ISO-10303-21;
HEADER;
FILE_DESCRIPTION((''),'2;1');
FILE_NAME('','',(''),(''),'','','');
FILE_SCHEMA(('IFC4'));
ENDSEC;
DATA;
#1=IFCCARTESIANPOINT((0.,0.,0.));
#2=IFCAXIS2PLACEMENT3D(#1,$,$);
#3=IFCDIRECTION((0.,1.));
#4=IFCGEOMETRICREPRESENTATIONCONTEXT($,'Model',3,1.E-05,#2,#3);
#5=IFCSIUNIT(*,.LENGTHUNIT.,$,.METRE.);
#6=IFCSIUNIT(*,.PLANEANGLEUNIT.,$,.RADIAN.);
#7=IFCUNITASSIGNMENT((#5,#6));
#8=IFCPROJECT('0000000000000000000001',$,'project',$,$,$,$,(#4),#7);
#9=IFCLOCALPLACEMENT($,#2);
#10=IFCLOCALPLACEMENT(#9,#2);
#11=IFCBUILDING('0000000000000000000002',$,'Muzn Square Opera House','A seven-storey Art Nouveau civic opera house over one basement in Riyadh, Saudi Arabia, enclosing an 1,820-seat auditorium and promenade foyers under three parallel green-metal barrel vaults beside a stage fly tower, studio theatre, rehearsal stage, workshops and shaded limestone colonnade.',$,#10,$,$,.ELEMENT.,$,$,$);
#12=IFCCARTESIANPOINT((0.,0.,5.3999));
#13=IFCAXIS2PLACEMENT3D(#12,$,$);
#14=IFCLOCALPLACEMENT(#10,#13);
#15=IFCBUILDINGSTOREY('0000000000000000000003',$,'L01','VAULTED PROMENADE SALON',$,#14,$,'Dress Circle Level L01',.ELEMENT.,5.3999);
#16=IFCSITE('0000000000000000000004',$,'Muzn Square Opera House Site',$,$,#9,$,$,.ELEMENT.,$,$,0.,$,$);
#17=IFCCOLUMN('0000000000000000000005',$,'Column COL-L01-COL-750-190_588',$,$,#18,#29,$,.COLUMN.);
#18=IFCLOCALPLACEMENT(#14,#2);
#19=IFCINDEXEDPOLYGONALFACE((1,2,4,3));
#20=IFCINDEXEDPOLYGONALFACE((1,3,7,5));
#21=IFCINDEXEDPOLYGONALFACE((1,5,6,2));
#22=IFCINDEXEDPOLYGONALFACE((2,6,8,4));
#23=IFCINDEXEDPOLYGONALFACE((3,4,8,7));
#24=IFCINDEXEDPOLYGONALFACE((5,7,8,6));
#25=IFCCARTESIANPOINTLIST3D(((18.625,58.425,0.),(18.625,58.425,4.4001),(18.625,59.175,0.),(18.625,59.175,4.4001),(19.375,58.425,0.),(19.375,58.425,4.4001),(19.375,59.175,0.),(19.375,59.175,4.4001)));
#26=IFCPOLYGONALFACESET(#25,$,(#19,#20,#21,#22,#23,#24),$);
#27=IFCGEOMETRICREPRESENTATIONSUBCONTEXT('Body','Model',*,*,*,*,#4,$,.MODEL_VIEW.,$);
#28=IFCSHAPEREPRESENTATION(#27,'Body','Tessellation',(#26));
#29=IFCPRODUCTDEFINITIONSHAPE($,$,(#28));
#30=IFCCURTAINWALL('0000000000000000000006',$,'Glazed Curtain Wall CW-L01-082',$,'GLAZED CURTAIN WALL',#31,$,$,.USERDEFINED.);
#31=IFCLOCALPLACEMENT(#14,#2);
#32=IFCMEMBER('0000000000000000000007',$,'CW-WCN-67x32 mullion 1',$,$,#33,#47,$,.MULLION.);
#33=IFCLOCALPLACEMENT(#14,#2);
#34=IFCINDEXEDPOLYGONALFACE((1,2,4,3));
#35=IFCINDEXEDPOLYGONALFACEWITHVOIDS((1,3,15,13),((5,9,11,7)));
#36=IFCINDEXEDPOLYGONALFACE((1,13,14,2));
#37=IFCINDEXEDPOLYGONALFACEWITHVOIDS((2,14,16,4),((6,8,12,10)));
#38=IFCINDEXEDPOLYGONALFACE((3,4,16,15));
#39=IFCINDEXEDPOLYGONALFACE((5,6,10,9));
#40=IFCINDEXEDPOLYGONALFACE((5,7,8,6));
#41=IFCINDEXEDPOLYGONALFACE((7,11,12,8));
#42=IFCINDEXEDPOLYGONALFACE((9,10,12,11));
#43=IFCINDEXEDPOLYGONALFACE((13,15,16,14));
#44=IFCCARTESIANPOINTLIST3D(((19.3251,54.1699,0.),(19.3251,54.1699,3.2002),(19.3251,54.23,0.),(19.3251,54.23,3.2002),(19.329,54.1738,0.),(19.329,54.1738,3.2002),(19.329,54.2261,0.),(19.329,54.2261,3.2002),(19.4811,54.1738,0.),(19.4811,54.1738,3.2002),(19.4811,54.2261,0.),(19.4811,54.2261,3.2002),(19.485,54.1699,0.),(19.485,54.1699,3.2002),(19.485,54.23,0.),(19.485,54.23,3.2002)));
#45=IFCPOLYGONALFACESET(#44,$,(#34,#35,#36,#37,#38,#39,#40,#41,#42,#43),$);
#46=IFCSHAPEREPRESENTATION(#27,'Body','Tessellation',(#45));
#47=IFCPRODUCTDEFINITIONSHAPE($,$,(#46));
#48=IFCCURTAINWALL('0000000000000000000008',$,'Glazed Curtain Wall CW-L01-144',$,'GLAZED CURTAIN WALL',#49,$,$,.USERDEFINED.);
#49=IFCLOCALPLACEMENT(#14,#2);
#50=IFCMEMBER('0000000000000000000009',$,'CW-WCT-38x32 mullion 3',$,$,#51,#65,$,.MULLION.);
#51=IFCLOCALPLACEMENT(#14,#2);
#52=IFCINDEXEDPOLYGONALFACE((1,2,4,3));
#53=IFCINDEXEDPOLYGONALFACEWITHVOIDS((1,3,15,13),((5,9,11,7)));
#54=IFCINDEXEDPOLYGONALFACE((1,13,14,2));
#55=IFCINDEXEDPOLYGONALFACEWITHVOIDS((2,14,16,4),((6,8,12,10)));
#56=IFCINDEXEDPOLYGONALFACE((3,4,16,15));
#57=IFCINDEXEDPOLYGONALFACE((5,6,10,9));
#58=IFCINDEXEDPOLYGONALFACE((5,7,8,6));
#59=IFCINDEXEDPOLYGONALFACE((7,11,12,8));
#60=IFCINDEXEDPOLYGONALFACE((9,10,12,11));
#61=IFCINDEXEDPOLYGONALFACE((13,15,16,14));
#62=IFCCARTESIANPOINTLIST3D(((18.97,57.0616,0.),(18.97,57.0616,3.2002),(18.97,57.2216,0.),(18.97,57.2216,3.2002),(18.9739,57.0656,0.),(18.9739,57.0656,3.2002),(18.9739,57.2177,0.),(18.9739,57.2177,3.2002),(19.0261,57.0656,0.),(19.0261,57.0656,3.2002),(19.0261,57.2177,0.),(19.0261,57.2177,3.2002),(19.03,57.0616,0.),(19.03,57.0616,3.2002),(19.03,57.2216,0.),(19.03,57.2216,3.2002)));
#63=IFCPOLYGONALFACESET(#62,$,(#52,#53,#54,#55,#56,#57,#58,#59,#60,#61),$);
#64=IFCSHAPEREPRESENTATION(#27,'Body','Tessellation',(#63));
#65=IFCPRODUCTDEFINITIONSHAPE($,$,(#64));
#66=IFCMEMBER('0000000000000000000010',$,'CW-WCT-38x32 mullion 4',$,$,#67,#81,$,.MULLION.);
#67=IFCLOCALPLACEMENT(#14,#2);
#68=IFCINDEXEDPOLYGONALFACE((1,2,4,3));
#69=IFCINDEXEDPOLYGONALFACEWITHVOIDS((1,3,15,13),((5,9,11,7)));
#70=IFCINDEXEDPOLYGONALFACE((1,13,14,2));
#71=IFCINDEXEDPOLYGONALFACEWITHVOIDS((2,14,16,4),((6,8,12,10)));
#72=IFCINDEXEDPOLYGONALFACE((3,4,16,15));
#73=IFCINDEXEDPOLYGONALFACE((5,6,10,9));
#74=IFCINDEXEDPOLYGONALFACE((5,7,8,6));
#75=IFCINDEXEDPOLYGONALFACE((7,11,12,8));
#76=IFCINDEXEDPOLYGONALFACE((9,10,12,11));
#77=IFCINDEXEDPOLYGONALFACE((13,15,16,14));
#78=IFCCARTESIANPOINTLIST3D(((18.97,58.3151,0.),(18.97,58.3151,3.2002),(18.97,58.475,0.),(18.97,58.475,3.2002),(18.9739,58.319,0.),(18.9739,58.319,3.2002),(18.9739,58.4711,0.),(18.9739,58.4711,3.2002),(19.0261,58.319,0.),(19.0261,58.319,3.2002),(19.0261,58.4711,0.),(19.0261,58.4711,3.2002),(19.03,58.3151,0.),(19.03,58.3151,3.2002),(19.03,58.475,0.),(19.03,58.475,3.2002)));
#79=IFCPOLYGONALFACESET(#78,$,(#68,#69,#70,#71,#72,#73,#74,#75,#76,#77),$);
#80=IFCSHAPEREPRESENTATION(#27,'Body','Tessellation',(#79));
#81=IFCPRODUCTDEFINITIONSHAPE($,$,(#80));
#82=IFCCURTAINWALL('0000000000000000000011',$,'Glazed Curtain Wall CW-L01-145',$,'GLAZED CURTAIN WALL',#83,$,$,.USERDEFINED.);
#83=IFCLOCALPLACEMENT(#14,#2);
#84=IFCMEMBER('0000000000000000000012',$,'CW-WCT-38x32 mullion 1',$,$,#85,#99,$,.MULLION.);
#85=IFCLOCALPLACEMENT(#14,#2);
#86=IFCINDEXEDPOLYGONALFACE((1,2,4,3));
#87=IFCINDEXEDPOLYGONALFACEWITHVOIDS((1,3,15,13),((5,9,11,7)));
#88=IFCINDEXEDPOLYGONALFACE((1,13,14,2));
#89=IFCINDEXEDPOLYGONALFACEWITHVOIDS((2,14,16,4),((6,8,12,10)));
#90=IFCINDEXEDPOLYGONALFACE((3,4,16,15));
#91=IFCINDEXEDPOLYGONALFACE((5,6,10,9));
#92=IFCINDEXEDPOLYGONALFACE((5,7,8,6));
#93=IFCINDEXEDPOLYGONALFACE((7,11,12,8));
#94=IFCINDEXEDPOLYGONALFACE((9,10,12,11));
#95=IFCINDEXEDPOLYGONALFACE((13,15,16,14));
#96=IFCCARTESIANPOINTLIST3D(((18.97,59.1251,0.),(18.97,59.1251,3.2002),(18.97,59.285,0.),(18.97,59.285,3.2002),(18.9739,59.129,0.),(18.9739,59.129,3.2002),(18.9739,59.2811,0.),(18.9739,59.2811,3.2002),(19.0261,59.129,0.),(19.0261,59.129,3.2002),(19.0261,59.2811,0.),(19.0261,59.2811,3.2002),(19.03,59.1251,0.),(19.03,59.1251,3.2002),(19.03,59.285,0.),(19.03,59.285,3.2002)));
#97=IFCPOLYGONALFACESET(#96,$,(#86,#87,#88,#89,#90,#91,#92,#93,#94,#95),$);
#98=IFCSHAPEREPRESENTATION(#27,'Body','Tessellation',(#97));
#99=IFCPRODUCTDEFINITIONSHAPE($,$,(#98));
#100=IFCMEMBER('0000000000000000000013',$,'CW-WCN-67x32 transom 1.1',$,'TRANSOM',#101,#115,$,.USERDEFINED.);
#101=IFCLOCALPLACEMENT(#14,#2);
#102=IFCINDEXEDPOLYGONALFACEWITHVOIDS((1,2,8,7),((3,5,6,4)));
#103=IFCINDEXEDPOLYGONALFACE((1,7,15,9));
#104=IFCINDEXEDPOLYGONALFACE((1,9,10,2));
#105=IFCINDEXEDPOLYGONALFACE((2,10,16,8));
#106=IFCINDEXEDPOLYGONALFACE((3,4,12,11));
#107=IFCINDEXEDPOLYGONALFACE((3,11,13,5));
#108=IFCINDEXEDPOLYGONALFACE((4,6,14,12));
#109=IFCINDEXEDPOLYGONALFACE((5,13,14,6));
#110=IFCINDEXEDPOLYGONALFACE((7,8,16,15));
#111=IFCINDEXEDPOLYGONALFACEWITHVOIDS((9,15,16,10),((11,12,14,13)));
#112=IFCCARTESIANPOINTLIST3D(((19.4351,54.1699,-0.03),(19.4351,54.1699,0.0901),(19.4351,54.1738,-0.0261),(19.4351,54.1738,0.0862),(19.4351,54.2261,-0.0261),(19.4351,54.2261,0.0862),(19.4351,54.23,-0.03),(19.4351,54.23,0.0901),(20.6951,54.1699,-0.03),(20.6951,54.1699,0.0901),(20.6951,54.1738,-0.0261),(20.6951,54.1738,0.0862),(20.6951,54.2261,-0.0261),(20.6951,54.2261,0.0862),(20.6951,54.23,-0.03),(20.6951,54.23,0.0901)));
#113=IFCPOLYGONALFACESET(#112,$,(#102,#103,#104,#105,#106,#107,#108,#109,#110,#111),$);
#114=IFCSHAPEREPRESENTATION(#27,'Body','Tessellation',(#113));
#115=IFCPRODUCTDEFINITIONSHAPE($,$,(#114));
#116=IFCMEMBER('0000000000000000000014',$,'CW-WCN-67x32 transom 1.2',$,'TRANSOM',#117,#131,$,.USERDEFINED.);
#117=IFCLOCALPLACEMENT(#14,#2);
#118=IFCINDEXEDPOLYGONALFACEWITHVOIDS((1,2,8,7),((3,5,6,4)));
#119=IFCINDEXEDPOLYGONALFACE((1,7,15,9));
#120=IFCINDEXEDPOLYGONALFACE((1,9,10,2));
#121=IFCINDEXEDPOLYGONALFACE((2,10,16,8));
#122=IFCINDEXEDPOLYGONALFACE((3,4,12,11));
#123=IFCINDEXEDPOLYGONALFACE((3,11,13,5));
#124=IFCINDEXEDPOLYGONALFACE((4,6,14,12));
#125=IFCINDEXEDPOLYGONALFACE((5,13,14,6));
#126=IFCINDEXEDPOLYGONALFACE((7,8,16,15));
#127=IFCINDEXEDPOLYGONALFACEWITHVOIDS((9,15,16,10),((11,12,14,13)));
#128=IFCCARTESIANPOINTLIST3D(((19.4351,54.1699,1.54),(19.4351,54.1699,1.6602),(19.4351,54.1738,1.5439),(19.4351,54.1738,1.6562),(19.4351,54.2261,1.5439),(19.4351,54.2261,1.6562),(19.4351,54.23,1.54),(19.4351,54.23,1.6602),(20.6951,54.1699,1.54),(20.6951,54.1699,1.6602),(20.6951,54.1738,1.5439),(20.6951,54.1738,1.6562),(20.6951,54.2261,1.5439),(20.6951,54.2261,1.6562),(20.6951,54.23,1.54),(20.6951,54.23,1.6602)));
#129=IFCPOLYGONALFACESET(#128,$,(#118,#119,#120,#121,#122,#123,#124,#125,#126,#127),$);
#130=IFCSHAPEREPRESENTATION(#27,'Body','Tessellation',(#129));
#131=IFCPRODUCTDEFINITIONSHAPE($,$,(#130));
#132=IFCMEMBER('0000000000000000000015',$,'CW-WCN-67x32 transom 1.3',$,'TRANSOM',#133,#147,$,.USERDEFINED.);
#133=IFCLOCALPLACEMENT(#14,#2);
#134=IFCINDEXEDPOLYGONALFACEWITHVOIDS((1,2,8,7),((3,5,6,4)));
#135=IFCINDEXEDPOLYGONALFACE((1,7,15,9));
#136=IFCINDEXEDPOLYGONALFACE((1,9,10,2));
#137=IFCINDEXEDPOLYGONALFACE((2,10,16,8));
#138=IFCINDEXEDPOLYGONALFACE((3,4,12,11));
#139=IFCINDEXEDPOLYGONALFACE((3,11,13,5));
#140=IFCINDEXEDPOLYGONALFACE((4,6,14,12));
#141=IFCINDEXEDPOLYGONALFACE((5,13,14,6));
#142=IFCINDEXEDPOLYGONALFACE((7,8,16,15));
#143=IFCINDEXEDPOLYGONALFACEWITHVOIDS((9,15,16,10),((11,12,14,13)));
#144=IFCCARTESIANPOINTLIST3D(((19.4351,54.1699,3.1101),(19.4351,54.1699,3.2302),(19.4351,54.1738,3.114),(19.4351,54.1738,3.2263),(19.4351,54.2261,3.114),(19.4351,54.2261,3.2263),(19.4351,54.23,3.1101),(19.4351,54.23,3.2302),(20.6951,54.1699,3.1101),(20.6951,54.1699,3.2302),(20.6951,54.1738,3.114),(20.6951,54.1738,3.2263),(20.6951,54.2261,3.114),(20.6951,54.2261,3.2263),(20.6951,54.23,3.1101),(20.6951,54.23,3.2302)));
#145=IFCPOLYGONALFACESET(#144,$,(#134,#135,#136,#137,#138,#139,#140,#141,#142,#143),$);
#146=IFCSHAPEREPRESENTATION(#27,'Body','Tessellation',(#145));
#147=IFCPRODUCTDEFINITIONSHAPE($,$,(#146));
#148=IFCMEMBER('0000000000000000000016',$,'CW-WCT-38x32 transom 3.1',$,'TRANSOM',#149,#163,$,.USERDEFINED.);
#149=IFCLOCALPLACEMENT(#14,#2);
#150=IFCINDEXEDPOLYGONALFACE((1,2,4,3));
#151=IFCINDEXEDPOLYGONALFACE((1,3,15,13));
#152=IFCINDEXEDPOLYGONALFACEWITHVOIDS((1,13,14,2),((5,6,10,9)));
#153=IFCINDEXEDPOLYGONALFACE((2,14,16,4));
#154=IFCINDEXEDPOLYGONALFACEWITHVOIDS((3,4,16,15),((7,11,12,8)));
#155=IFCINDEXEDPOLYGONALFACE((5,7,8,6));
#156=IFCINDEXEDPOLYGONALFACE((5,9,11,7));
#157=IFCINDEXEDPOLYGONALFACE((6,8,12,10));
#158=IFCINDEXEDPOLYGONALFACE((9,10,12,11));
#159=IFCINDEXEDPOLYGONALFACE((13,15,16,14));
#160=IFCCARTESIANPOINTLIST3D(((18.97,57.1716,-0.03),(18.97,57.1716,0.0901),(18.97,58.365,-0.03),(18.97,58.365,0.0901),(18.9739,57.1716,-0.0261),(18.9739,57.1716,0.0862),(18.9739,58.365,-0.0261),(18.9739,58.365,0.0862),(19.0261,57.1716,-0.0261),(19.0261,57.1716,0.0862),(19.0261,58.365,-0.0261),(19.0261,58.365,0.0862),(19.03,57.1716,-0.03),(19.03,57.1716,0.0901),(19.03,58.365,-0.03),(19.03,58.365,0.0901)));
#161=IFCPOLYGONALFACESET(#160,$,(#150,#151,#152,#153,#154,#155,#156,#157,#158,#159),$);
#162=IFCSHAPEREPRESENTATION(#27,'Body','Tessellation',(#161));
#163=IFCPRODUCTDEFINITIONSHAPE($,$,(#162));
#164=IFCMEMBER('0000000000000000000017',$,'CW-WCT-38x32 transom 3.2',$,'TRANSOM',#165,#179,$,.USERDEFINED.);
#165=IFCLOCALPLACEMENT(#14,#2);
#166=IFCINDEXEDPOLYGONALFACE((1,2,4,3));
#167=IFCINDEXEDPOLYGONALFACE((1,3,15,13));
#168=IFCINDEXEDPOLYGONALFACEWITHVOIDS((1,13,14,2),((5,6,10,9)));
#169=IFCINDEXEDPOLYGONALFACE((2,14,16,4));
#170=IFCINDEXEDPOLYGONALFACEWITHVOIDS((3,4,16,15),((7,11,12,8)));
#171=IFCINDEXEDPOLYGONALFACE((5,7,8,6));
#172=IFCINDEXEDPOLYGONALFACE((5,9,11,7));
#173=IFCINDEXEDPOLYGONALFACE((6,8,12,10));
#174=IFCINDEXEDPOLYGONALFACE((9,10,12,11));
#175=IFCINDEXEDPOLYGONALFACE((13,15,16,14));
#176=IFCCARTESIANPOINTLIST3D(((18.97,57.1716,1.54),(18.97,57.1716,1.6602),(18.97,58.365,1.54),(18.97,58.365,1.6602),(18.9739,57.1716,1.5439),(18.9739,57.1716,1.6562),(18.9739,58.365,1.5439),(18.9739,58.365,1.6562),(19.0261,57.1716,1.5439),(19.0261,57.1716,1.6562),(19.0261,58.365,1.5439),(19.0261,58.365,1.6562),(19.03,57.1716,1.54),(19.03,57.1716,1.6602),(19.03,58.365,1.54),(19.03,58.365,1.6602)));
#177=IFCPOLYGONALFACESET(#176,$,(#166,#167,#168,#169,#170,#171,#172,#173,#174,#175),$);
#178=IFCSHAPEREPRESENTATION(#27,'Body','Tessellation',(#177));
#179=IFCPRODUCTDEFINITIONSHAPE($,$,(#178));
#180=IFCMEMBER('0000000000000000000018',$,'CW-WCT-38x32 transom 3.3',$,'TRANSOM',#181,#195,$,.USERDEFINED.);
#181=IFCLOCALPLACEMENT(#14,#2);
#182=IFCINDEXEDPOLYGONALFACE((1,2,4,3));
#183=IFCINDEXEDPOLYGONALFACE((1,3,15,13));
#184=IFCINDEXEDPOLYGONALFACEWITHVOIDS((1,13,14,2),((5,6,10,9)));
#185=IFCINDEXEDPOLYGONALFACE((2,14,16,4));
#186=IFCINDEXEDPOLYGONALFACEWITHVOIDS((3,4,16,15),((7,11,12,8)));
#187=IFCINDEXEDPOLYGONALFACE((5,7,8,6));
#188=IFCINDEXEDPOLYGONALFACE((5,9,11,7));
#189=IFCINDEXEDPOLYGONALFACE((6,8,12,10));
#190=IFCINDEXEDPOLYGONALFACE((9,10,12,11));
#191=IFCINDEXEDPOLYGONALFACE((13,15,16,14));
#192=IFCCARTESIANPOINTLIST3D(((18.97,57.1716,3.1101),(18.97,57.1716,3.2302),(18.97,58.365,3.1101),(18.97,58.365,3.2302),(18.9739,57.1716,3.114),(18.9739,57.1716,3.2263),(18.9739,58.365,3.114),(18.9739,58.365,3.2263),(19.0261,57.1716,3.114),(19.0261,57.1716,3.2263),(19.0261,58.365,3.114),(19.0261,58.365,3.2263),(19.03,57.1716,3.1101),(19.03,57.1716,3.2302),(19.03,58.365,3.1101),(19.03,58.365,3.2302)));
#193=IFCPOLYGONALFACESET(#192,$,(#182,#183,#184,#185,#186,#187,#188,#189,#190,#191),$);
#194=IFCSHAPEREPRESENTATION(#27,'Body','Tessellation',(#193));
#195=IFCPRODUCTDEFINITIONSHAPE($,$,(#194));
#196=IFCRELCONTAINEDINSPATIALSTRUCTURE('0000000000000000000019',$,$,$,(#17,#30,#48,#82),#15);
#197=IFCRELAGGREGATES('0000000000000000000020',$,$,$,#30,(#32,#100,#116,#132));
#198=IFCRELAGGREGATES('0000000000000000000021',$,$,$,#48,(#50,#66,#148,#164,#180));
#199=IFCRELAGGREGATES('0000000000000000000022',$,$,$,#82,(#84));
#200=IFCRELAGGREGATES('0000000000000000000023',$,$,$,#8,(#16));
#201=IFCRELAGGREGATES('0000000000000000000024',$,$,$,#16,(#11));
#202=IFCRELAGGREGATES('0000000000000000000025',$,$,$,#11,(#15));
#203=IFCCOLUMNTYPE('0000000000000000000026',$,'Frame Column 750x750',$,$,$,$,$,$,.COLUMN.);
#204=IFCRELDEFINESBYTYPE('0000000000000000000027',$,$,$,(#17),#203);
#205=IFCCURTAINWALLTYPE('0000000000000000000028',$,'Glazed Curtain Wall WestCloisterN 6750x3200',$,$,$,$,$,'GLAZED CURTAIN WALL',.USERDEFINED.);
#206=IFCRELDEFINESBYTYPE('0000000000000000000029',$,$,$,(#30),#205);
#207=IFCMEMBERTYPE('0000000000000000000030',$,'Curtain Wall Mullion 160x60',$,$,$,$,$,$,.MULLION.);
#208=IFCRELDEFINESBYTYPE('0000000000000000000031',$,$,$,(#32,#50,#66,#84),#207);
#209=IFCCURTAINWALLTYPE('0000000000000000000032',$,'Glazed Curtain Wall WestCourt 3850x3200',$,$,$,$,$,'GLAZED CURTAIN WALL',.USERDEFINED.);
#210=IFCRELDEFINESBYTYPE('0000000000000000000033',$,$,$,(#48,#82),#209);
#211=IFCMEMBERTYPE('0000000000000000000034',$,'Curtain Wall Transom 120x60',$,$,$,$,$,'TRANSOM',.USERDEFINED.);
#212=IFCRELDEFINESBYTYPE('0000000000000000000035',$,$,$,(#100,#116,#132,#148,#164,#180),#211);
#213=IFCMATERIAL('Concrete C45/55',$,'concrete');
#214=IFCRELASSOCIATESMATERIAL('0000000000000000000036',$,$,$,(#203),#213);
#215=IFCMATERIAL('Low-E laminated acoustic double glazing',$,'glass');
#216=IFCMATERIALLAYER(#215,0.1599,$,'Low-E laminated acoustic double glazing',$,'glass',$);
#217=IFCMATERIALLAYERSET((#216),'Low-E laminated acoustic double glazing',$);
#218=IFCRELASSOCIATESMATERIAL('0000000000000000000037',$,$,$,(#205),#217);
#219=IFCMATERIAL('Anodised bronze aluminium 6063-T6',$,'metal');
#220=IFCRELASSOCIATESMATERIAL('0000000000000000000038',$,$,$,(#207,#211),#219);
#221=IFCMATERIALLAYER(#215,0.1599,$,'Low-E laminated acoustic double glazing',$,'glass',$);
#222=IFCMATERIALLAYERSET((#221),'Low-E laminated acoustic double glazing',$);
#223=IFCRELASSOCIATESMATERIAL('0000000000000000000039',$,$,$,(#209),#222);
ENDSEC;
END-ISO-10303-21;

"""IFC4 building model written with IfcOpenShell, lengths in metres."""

from ifc_helpers import new_model, si_unit, direction, frame, origin, origin_2d, place, context, subcontext, project, spatial, rectangle, hollow_rectangle, extrude, material, layer, layer_set, material_profile, profile_set, type_object, element, aggregate, save


model = new_model("IFC4")

# Units and contexts
model_context = context("Model", 3, precision=1e-05, world=origin(), true_north=direction((0.0, 1.0)))
body_context = subcontext(model_context, "Body", "Model", "MODEL_VIEW")
ifc_project = project(units=[si_unit("LENGTHUNIT", "METRE"), si_unit("PLANEANGLEUNIT", "RADIAN")], contexts=[model_context])

# Site, building, storey
site_placement = place(None, origin())
site = spatial("IfcSite", under=ifc_project, at=site_placement, Name="Muzn Square Opera House Site", CompositionType="ELEMENT", RefElevation=0.0)
building_placement = place(site_placement, origin())
building = spatial("IfcBuilding", under=site, at=building_placement, Name="Muzn Square Opera House", Description="A seven-storey Art Nouveau civic opera house over one basement in Riyadh, Saudi Arabia, enclosing an 1,820-seat auditorium and promenade foyers under three parallel green-metal barrel vaults beside a stage fly tower, studio theatre, rehearsal stage, workshops and shaded limestone colonnade.", CompositionType="ELEMENT")
storey_placement = place(building_placement, frame((0.0, 0.0, 5.3999)))
storey = spatial("IfcBuildingStorey", under=building, at=storey_placement, Name="L01", Description="VAULTED PROMENADE SALON", LongName="Dress Circle Level L01", CompositionType="ELEMENT", Elevation=5.3999)

# Column
ifc_material_1 = material(Name="Concrete C45/55", Category="concrete")
ifc_material_profile_1 = material_profile(ifc_material_1, rectangle(XDim=0.75, YDim=0.75, at=origin_2d()), Name="RC 750x750", Category="concrete")
ifc_profile_set_1 = profile_set([ifc_material_profile_1], Name="Concrete C45/55")
column_type = type_object("IfcColumnType", Name="Frame Column 750x750", PredefinedType="COLUMN", material=ifc_profile_set_1)
column_placement = place(storey_placement, frame((19.0, 58.8, 0.0), z_axis=(0.0, 0.0, 1.0), x_axis=(1.0, 0.0, 0.0)))
element("IfcColumn", 1, at=column_placement, inside=storey, type_object=column_type, Name="Column COL-L01-COL-750-190_588", PredefinedType="COLUMN", context=body_context, shape_type="SweptSolid", body=[
    extrude(rectangle(XDim=0.75, YDim=0.75, at=origin_2d()), origin(), (0.0, 0.0, 1.0), 4.4001),
])

# Curtain wall, member
ifc_material_2 = material(Name="Low-E laminated acoustic double glazing", Category="glass")
ifc_layer_1 = layer(ifc_material_2, 0.1599, Name="Low-E laminated acoustic double glazing", Category="glass")
ifc_layer_set_1 = layer_set([ifc_layer_1], Name="Low-E laminated acoustic double glazing")
curtain_wall_type_1 = type_object("IfcCurtainWallType", Name="Glazed Curtain Wall WestCloisterN 6750x3200", ElementType="GLAZED CURTAIN WALL", PredefinedType="USERDEFINED", material=ifc_layer_set_1)
curtain_wall_1_placement = place(storey_placement, origin())
curtain_wall_1 = element("IfcCurtainWall", 2, at=curtain_wall_1_placement, inside=storey, type_object=curtain_wall_type_1, Name="Glazed Curtain Wall CW-L01-082", ObjectType="GLAZED CURTAIN WALL", PredefinedType="USERDEFINED")
ifc_material_3 = material(Name="Anodised bronze aluminium 6063-T6", Category="metal")
ifc_material_profile_2 = material_profile(ifc_material_3, hollow_rectangle(XDim=0.0601, YDim=0.1599, WallThickness=0.0039, at=origin_2d()), Name="ALU 160x60x4", Category="metal")
ifc_profile_set_2 = profile_set([ifc_material_profile_2], Name="Anodised bronze aluminium 6063-T6")
member_type_1 = type_object("IfcMemberType", Name="Curtain Wall Mullion 160x60", PredefinedType="MULLION", material=ifc_profile_set_2)
member_1_placement = place(storey_placement, frame((19.405, 54.2, 0.0), z_axis=(0.0, 0.0, 1.0), x_axis=(0.0, 1.0, 0.0)))
member_1 = element("IfcMember", 3, at=member_1_placement, type_object=member_type_1, Name="CW-WCN-67x32 mullion 1", PredefinedType="MULLION", context=body_context, shape_type="SweptSolid", body=[
    extrude(hollow_rectangle(XDim=0.0601, YDim=0.1599, WallThickness=0.0039, at=origin_2d()), origin(), (0.0, 0.0, 1.0), 3.2002),
])

# Curtain wall, members
ifc_layer_2 = layer(ifc_material_2, 0.1599, Name="Low-E laminated acoustic double glazing", Category="glass")
ifc_layer_set_2 = layer_set([ifc_layer_2], Name="Low-E laminated acoustic double glazing")
curtain_wall_type_2 = type_object("IfcCurtainWallType", Name="Glazed Curtain Wall WestCourt 3850x3200", ElementType="GLAZED CURTAIN WALL", PredefinedType="USERDEFINED", material=ifc_layer_set_2)
curtain_wall_2_placement = place(storey_placement, origin())
curtain_wall_2 = element("IfcCurtainWall", 4, at=curtain_wall_2_placement, inside=storey, type_object=curtain_wall_type_2, Name="Glazed Curtain Wall CW-L01-144", ObjectType="GLAZED CURTAIN WALL", PredefinedType="USERDEFINED")
member_2_placement = place(storey_placement, frame((19.0, 57.1416, 0.0), z_axis=(0.0, 0.0, 1.0), x_axis=(-1.0, 0.0, 0.0)))
member_2 = element("IfcMember", 5, at=member_2_placement, type_object=member_type_1, Name="CW-WCT-38x32 mullion 3", PredefinedType="MULLION", context=body_context, shape_type="SweptSolid", body=[
    extrude(hollow_rectangle(XDim=0.0601, YDim=0.1599, WallThickness=0.0039, at=origin_2d()), origin(), (0.0, 0.0, 1.0), 3.2002),
])
member_3_placement = place(storey_placement, frame((19.0, 58.395, 0.0), z_axis=(0.0, 0.0, 1.0), x_axis=(-1.0, 0.0, 0.0)))
member_3 = element("IfcMember", 6, at=member_3_placement, type_object=member_type_1, Name="CW-WCT-38x32 mullion 4", PredefinedType="MULLION", context=body_context, shape_type="SweptSolid", body=[
    extrude(hollow_rectangle(XDim=0.0601, YDim=0.1599, WallThickness=0.0039, at=origin_2d()), origin(), (0.0, 0.0, 1.0), 3.2002),
])

# Curtain wall, member
curtain_wall_3_placement = place(storey_placement, origin())
curtain_wall_3 = element("IfcCurtainWall", 7, at=curtain_wall_3_placement, inside=storey, type_object=curtain_wall_type_2, Name="Glazed Curtain Wall CW-L01-145", ObjectType="GLAZED CURTAIN WALL", PredefinedType="USERDEFINED")
member_4_placement = place(storey_placement, frame((19.0, 59.2051, 0.0), z_axis=(0.0, 0.0, 1.0), x_axis=(-1.0, 0.0, 0.0)))
member_4 = element("IfcMember", 8, at=member_4_placement, type_object=member_type_1, Name="CW-WCT-38x32 mullion 1", PredefinedType="MULLION", context=body_context, shape_type="SweptSolid", body=[
    extrude(hollow_rectangle(XDim=0.0601, YDim=0.1599, WallThickness=0.0039, at=origin_2d()), origin(), (0.0, 0.0, 1.0), 3.2002),
])

# Members
ifc_material_profile_3 = material_profile(ifc_material_3, hollow_rectangle(XDim=0.0601, YDim=0.1201, WallThickness=0.0039, at=origin_2d()), Name="ALU 120x60x4", Category="metal")
ifc_profile_set_3 = profile_set([ifc_material_profile_3], Name="Anodised bronze aluminium 6063-T6")
member_type_2 = type_object("IfcMemberType", Name="Curtain Wall Transom 120x60", ElementType="TRANSOM", PredefinedType="USERDEFINED", material=ifc_profile_set_3)
member_5_placement = place(storey_placement, frame((19.4351, 54.2, 0.03), z_axis=(1.0, 0.0, 0.0), x_axis=(0.0, 1.0, 0.0)))
member_5 = element("IfcMember", 9, at=member_5_placement, type_object=member_type_2, Name="CW-WCN-67x32 transom 1.1", ObjectType="TRANSOM", PredefinedType="USERDEFINED", context=body_context, shape_type="SweptSolid", body=[
    extrude(hollow_rectangle(XDim=0.0601, YDim=0.1201, WallThickness=0.0039, at=origin_2d()), origin(), (0.0, 0.0, 1.0), 1.26),
])
member_6_placement = place(storey_placement, frame((19.4351, 54.2, 1.6001), z_axis=(1.0, 0.0, 0.0), x_axis=(0.0, 1.0, 0.0)))
member_6 = element("IfcMember", 10, at=member_6_placement, type_object=member_type_2, Name="CW-WCN-67x32 transom 1.2", ObjectType="TRANSOM", PredefinedType="USERDEFINED", context=body_context, shape_type="SweptSolid", body=[
    extrude(hollow_rectangle(XDim=0.0601, YDim=0.1201, WallThickness=0.0039, at=origin_2d()), origin(), (0.0, 0.0, 1.0), 1.26),
])
member_7_placement = place(storey_placement, frame((19.4351, 54.2, 3.1702), z_axis=(1.0, 0.0, 0.0), x_axis=(0.0, 1.0, 0.0)))
member_7 = element("IfcMember", 11, at=member_7_placement, type_object=member_type_2, Name="CW-WCN-67x32 transom 1.3", ObjectType="TRANSOM", PredefinedType="USERDEFINED", context=body_context, shape_type="SweptSolid", body=[
    extrude(hollow_rectangle(XDim=0.0601, YDim=0.1201, WallThickness=0.0039, at=origin_2d()), origin(), (0.0, 0.0, 1.0), 1.26),
])
member_8_placement = place(storey_placement, frame((19.0, 57.1716, 0.03), z_axis=(0.0, 1.0, 0.0), x_axis=(-1.0, 0.0, 0.0)))
member_8 = element("IfcMember", 12, at=member_8_placement, type_object=member_type_2, Name="CW-WCT-38x32 transom 3.1", ObjectType="TRANSOM", PredefinedType="USERDEFINED", context=body_context, shape_type="SweptSolid", body=[
    extrude(hollow_rectangle(XDim=0.0601, YDim=0.1201, WallThickness=0.0039, at=origin_2d()), origin(), (0.0, 0.0, 1.0), 1.1934),
])
member_9_placement = place(storey_placement, frame((19.0, 57.1716, 1.6001), z_axis=(0.0, 1.0, 0.0), x_axis=(-1.0, 0.0, 0.0)))
member_9 = element("IfcMember", 13, at=member_9_placement, type_object=member_type_2, Name="CW-WCT-38x32 transom 3.2", ObjectType="TRANSOM", PredefinedType="USERDEFINED", context=body_context, shape_type="SweptSolid", body=[
    extrude(hollow_rectangle(XDim=0.0601, YDim=0.1201, WallThickness=0.0039, at=origin_2d()), origin(), (0.0, 0.0, 1.0), 1.1934),
])
member_10_placement = place(storey_placement, frame((19.0, 57.1716, 3.1702), z_axis=(0.0, 1.0, 0.0), x_axis=(-1.0, 0.0, 0.0)))
member_10 = element("IfcMember", 14, at=member_10_placement, type_object=member_type_2, Name="CW-WCT-38x32 transom 3.3", ObjectType="TRANSOM", PredefinedType="USERDEFINED", context=body_context, shape_type="SweptSolid", body=[
    extrude(hollow_rectangle(XDim=0.0601, YDim=0.1201, WallThickness=0.0039, at=origin_2d()), origin(), (0.0, 0.0, 1.0), 1.1934),
])

aggregate(curtain_wall_1, [member_1, member_5, member_6, member_7])
aggregate(curtain_wall_2, [member_2, member_3, member_8, member_9, member_10])
aggregate(curtain_wall_3, [member_4])

save(model, "model.ifc")
